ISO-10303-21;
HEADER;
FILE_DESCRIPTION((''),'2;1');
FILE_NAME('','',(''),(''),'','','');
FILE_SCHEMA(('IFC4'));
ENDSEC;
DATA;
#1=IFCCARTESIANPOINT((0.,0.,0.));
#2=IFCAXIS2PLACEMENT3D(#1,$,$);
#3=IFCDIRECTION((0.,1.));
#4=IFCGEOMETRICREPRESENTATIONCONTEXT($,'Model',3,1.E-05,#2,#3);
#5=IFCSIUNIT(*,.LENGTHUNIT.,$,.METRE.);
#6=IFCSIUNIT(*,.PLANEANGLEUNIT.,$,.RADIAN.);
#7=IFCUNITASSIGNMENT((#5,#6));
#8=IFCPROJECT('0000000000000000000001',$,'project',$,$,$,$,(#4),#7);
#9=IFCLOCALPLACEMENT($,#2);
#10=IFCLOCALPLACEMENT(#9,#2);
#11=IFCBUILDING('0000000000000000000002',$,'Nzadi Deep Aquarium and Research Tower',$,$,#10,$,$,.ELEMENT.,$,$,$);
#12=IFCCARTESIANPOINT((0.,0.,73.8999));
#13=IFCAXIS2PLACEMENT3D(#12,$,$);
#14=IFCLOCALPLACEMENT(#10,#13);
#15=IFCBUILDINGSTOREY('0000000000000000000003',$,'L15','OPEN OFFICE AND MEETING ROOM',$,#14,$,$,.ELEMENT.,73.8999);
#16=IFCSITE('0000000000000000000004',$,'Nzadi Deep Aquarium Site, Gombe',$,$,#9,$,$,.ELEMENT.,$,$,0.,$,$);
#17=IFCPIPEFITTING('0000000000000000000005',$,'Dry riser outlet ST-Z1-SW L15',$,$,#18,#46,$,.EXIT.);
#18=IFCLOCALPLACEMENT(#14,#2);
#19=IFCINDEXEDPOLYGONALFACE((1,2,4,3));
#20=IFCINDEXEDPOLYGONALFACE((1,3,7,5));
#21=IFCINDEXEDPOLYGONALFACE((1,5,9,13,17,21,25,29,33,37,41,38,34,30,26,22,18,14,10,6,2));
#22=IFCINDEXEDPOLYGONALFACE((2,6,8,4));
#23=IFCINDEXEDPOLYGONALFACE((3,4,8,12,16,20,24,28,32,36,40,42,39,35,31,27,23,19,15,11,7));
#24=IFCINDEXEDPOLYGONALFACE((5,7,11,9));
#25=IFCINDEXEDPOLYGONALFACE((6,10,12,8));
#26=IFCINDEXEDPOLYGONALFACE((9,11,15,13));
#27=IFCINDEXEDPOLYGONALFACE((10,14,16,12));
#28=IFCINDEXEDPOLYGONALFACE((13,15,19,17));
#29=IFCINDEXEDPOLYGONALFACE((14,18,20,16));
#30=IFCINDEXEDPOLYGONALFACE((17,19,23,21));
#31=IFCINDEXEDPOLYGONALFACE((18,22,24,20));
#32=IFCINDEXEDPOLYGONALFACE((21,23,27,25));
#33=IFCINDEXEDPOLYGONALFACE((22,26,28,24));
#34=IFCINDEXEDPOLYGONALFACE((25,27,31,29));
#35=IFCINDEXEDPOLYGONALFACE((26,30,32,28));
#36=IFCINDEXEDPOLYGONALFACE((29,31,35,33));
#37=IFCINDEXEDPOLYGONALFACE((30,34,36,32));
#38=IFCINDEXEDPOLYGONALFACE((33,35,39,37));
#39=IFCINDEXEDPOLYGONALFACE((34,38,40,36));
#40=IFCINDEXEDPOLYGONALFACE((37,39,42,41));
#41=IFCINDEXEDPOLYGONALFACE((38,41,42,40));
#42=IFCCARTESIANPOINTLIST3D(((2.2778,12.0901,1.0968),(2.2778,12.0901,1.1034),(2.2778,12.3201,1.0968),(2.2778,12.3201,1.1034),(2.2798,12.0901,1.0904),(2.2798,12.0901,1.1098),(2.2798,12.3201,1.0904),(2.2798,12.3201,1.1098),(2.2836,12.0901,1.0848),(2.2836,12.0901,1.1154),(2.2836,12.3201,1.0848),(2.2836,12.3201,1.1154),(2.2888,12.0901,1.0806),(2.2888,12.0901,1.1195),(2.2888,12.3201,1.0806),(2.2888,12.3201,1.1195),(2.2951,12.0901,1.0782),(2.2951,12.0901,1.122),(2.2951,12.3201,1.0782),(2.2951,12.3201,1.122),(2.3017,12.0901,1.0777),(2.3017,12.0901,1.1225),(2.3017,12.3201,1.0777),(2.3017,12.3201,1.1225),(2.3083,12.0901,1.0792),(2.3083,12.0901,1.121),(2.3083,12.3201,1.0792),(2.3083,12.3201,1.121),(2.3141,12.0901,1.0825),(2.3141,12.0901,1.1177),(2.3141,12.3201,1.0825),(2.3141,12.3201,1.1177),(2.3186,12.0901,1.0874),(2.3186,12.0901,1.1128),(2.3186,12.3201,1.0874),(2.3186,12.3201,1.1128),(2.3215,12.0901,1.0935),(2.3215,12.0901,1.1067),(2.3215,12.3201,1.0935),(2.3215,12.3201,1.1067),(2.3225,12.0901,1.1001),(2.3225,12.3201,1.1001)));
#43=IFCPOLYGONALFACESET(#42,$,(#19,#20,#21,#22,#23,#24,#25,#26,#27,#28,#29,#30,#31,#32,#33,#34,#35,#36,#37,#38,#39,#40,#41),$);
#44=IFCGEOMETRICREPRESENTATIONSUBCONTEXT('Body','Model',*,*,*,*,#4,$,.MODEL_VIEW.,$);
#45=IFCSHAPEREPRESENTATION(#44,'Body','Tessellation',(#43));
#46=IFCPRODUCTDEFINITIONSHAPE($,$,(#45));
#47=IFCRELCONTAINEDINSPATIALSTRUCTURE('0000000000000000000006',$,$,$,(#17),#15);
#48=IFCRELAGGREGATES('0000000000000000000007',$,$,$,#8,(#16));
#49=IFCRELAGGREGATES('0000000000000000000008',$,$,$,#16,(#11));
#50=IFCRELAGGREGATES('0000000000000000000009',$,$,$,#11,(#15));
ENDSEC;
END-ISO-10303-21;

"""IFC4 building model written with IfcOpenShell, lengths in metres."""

from ifc_helpers import new_model, si_unit, direction, frame, origin, origin_2d, place, context, subcontext, project, spatial, circle, extrude, element, save


model = new_model("IFC4")

# Units and contexts
model_context = context("Model", 3, precision=1e-05, world=origin(), true_north=direction((0.0, 1.0)))
body_context = subcontext(model_context, "Body", "Model", "MODEL_VIEW")
ifc_project = project(units=[si_unit("LENGTHUNIT", "METRE"), si_unit("PLANEANGLEUNIT", "RADIAN")], contexts=[model_context])

# Site, building, storey
site_placement = place(None, origin())
site = spatial("IfcSite", under=ifc_project, at=site_placement, Name="Nzadi Deep Aquarium Site, Gombe", CompositionType="ELEMENT", RefElevation=0.0)
building_placement = place(site_placement, origin())
building = spatial("IfcBuilding", under=site, at=building_placement, Name="Nzadi Deep Aquarium and Research Tower", CompositionType="ELEMENT")
storey_placement = place(building_placement, frame((0.0, 0.0, 73.8999)))
storey = spatial("IfcBuildingStorey", under=building, at=storey_placement, Name="L15", Description="OPEN OFFICE AND MEETING ROOM", CompositionType="ELEMENT", Elevation=73.8999)

# Pipe fitting
pipe_fitting_placement = place(storey_placement, frame((2.3, 12.3201, 1.1001), z_axis=(0.0, -1.0, 0.0), x_axis=(1.0, 0.0, 0.0)))
element("IfcPipeFitting", 1, at=pipe_fitting_placement, inside=storey, Name="Dry riser outlet ST-Z1-SW L15", PredefinedType="EXIT", context=body_context, shape_type="SweptSolid", body=[
    extrude(circle(Radius=0.0225, at=origin_2d()), origin(), (0.0, 0.0, 1.0), 0.23),
])

save(model, "model.ifc")
